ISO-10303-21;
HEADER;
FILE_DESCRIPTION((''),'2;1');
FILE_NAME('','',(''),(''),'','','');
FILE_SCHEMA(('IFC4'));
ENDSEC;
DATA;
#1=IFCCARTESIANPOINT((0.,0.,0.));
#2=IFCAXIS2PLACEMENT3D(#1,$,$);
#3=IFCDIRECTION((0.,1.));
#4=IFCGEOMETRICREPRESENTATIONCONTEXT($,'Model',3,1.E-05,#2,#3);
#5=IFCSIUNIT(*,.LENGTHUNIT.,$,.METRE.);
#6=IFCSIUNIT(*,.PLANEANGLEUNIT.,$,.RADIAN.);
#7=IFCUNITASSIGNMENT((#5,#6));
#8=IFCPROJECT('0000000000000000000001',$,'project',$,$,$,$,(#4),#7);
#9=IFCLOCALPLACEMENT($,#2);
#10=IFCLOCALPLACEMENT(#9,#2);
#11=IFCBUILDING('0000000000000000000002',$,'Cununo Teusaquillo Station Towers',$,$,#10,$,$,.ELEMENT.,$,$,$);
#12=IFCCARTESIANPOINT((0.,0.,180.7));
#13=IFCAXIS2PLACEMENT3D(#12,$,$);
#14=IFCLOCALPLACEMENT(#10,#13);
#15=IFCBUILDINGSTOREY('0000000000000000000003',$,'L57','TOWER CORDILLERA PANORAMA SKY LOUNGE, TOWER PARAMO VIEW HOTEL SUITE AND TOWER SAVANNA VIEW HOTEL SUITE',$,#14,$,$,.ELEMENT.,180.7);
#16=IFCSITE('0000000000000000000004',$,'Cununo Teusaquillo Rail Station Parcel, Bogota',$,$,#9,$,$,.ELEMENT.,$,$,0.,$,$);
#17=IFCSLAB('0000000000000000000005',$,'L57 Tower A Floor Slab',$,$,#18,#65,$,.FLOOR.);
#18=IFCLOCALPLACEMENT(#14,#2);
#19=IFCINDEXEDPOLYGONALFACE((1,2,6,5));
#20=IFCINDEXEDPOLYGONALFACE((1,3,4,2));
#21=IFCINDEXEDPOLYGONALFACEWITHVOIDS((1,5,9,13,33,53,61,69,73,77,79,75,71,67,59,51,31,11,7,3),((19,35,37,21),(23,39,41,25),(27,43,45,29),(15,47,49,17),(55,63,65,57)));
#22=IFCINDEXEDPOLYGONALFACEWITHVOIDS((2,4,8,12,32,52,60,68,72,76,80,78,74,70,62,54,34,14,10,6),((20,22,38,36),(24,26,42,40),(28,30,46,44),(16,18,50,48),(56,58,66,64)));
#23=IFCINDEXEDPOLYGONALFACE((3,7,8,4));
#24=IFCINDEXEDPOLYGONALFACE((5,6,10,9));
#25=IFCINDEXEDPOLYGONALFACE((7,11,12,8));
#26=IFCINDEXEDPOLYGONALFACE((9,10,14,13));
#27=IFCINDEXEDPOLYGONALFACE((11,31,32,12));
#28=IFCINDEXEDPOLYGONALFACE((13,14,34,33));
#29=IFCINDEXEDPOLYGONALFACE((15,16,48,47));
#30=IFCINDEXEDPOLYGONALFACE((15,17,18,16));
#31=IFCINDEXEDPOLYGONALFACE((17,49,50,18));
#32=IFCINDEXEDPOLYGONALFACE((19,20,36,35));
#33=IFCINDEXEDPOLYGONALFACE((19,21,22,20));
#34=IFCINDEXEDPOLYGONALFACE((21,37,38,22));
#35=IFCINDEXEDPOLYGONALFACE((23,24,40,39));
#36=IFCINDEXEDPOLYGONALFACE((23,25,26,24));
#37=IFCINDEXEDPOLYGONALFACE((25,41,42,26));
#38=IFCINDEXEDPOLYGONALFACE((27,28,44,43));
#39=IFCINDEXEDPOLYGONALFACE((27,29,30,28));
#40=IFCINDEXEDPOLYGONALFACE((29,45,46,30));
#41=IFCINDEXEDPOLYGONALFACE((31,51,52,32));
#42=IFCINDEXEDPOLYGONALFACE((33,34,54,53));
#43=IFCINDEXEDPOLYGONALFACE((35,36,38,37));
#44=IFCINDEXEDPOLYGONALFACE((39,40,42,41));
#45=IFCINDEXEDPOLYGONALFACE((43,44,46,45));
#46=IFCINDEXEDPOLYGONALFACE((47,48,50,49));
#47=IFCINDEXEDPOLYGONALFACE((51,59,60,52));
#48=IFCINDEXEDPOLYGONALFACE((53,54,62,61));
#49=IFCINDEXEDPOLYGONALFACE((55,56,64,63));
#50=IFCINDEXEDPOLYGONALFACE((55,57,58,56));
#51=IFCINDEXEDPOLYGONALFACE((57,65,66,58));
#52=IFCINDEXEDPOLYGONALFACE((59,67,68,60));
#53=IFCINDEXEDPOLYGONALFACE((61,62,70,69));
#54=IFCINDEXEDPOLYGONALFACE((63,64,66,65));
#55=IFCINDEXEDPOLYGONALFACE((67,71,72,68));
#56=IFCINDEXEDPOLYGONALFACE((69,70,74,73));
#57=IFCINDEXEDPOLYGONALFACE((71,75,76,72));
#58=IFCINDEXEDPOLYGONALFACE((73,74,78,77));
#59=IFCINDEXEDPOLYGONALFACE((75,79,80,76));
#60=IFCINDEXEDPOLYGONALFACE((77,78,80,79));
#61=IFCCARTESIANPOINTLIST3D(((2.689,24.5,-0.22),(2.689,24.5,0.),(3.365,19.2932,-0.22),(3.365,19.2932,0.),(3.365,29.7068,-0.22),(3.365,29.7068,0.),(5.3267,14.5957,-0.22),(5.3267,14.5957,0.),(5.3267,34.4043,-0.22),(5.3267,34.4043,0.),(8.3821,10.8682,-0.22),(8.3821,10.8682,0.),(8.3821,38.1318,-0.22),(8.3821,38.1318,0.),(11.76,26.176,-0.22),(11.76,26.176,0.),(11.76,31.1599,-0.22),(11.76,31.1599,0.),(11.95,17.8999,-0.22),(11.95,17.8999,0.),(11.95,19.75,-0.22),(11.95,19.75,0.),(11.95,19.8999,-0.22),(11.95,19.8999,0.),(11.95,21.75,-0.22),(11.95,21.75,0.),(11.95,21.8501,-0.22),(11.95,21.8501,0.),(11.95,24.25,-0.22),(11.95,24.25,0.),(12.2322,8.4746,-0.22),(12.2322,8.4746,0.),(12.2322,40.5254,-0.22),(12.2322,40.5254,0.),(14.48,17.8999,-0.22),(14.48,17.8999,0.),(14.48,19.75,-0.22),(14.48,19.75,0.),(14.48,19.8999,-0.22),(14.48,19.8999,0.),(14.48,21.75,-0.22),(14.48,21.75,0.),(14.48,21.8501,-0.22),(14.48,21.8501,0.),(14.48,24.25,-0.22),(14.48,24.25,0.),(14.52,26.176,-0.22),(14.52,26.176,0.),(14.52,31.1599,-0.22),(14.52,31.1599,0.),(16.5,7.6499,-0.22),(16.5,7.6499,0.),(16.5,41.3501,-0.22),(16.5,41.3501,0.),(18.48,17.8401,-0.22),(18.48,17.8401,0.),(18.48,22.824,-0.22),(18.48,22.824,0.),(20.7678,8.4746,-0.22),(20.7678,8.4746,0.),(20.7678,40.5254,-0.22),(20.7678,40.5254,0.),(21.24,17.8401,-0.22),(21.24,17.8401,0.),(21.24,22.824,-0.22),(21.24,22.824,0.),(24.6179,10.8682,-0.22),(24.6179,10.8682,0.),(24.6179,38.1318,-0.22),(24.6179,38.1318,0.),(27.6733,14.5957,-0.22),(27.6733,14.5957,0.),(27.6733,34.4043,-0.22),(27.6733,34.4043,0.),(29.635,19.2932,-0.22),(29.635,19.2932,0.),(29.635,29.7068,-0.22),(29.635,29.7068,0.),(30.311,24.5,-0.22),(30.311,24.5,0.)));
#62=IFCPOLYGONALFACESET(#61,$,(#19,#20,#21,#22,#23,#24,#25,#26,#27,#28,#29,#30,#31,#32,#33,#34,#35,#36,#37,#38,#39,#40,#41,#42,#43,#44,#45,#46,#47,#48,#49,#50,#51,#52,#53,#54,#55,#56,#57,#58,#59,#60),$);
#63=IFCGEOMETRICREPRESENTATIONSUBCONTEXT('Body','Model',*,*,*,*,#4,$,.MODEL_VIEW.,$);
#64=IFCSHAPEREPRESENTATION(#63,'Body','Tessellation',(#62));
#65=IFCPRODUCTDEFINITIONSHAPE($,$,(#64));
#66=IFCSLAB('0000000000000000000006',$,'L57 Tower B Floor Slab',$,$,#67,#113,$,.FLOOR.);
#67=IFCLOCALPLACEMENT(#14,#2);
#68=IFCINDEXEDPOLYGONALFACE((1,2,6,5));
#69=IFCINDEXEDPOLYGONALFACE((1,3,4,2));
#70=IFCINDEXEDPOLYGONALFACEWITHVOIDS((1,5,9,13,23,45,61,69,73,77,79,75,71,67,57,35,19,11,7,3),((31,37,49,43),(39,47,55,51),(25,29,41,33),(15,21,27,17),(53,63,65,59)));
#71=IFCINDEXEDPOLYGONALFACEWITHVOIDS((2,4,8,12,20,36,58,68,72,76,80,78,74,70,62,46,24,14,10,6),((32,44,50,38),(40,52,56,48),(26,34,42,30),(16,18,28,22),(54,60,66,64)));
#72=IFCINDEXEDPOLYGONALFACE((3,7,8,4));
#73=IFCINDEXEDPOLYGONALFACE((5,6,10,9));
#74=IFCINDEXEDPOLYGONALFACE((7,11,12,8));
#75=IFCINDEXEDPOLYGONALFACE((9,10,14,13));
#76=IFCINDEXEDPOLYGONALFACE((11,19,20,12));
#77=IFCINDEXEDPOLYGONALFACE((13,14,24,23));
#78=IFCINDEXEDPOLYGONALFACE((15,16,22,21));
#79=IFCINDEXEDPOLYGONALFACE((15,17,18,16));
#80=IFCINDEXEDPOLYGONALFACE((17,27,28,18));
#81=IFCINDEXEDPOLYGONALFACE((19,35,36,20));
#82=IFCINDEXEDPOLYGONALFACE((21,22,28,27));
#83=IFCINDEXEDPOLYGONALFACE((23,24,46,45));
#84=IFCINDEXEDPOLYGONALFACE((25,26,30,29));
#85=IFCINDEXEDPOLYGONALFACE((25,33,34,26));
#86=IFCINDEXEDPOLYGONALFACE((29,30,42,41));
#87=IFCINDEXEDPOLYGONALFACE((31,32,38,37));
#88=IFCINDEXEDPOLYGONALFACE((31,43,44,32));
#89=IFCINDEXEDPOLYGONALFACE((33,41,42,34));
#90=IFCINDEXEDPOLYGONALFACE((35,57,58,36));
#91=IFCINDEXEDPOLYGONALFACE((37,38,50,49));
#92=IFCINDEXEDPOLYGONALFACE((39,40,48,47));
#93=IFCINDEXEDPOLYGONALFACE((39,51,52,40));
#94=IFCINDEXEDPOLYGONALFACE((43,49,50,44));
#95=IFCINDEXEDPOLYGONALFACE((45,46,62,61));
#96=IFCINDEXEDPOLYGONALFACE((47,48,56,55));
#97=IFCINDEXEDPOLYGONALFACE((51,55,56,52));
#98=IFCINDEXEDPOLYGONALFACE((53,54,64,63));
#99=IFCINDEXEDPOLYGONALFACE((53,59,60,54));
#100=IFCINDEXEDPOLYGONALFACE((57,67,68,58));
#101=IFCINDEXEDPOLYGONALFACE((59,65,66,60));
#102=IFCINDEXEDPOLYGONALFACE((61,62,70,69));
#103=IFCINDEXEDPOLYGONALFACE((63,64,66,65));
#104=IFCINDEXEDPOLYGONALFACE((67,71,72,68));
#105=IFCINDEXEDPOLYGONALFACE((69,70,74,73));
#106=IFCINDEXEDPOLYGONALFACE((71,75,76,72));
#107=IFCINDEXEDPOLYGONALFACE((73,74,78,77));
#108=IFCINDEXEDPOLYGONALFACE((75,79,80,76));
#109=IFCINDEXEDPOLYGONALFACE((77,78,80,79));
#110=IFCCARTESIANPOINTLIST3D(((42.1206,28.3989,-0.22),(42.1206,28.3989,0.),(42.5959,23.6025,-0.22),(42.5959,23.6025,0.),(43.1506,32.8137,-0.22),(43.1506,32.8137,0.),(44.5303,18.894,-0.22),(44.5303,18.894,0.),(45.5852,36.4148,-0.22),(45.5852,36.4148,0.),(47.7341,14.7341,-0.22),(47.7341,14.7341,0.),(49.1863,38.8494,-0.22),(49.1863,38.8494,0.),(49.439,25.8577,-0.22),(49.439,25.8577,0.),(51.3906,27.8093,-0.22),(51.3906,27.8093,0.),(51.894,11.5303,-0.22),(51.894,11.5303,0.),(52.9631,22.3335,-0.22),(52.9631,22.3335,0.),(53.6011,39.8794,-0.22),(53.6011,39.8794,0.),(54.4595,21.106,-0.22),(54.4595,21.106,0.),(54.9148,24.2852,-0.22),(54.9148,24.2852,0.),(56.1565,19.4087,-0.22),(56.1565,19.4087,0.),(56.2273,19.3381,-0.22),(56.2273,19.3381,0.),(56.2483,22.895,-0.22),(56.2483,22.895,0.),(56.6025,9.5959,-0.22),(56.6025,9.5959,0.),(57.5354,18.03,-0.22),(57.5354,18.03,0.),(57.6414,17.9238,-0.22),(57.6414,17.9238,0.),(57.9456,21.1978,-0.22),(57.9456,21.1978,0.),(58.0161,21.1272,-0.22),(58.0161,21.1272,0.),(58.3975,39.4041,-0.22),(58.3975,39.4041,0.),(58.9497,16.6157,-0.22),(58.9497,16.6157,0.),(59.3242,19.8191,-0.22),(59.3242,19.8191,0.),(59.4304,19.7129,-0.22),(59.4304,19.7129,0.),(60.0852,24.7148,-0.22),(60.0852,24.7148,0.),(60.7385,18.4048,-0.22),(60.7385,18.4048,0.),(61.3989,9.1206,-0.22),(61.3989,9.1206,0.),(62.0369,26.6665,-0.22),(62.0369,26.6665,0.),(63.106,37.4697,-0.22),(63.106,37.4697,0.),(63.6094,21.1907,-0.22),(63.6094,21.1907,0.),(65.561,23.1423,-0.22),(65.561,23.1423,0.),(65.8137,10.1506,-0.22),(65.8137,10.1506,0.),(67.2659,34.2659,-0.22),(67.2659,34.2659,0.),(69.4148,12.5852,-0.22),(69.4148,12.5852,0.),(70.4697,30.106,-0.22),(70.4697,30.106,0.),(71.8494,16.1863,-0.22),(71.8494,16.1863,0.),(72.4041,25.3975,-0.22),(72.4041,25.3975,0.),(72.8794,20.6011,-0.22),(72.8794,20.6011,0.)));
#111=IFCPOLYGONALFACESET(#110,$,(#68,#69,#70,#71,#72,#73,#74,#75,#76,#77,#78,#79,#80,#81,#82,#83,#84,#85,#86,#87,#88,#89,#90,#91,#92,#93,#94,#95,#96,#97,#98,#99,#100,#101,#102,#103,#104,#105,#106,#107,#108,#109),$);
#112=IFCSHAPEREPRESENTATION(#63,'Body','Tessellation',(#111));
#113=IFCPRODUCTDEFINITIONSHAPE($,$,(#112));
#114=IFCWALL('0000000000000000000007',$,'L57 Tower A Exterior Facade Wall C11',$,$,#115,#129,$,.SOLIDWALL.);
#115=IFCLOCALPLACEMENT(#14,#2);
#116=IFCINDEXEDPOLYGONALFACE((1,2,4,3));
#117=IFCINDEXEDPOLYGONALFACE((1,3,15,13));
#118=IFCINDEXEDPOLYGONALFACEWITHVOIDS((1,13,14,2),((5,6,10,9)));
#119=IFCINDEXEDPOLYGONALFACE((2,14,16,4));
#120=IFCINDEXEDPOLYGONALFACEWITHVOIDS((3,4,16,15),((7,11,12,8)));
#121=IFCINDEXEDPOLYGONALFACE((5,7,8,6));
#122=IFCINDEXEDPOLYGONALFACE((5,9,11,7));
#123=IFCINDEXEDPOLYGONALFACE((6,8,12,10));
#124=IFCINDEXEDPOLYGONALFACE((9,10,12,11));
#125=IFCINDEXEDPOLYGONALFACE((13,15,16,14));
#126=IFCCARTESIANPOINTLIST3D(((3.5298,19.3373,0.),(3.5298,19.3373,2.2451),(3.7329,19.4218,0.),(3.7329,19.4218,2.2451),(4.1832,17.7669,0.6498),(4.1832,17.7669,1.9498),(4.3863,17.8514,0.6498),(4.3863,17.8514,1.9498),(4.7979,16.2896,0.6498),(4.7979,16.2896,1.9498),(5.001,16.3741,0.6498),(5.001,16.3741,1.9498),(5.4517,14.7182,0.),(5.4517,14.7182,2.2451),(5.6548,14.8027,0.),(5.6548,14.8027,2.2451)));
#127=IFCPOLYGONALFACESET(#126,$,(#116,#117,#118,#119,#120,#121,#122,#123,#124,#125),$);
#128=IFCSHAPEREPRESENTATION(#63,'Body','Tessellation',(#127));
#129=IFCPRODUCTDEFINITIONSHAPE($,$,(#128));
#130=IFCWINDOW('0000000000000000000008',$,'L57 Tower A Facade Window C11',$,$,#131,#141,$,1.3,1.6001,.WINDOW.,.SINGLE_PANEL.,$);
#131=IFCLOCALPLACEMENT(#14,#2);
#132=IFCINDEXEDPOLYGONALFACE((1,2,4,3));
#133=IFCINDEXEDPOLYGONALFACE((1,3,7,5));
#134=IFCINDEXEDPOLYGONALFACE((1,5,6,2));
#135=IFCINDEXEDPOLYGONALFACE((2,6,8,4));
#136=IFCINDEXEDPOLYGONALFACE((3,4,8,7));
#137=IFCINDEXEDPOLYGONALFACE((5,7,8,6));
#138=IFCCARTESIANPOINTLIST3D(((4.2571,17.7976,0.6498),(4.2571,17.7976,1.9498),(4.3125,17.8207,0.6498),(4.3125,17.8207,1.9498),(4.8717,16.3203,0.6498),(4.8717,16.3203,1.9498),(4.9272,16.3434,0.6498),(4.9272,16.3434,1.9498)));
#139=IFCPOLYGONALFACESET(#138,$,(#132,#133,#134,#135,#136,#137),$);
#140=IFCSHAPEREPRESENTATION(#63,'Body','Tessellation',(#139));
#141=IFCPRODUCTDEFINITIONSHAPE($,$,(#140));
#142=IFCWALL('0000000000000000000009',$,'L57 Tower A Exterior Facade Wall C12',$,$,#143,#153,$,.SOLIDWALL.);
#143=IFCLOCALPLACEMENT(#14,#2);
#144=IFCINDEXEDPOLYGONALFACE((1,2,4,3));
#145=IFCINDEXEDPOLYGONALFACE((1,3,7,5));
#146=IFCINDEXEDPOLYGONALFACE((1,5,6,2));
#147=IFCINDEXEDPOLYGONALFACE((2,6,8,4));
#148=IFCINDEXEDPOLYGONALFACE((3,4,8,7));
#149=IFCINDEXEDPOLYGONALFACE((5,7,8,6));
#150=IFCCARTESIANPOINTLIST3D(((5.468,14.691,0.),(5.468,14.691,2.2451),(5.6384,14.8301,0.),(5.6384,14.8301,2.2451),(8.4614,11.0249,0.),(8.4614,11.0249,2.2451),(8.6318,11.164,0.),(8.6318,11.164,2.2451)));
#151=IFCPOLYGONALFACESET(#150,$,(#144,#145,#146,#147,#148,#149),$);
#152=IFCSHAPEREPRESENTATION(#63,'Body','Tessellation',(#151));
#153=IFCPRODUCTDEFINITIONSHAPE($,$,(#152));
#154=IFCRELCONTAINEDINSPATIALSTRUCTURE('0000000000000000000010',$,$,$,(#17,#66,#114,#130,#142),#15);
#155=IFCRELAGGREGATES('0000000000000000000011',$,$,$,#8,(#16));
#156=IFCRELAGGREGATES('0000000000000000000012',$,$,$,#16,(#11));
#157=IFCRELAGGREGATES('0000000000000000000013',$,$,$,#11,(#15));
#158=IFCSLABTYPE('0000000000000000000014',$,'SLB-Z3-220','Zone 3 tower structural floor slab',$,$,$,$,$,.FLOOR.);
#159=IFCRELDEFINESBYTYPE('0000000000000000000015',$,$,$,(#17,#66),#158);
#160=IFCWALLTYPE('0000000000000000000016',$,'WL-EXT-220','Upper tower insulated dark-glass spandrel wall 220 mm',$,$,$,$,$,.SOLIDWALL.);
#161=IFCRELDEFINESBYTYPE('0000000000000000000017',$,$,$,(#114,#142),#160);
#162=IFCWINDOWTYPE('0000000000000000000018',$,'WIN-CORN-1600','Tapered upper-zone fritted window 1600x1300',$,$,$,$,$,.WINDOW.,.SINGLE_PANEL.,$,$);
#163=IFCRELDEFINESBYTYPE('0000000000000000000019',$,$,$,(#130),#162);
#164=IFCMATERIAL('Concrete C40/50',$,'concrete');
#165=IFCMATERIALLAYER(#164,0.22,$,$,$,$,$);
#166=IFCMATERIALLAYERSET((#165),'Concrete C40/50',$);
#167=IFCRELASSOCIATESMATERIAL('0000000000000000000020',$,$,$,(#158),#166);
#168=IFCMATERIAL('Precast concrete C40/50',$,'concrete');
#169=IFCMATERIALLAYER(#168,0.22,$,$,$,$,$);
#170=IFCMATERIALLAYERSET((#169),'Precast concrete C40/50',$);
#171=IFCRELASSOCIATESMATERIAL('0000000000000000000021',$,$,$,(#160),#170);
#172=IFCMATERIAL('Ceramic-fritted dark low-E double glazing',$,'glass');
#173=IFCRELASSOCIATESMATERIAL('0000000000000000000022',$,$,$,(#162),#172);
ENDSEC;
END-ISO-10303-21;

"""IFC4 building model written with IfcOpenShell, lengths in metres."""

from ifc_helpers import new_model, si_unit, direction, frame, frame_2d, origin, place, context, subcontext, project, spatial, polyline, rectangle, outline, extrude, source, transform, mapped, material, layer, layer_set, type_object, element, fill, save


model = new_model("IFC4")

# Units and contexts
model_context = context("Model", 3, precision=1e-05, world=origin(), true_north=direction((0.0, 1.0)))
body_context = subcontext(model_context, "Body", "Model", "MODEL_VIEW")
ifc_project = project(units=[si_unit("LENGTHUNIT", "METRE"), si_unit("PLANEANGLEUNIT", "RADIAN")], contexts=[model_context])

# Site, building, storey
site_placement = place(None, origin())
site = spatial("IfcSite", under=ifc_project, at=site_placement, Name="Cununo Teusaquillo Rail Station Parcel, Bogota", CompositionType="ELEMENT", RefElevation=0.0)
building_placement = place(site_placement, origin())
building = spatial("IfcBuilding", under=site, at=building_placement, Name="Cununo Teusaquillo Station Towers", CompositionType="ELEMENT")
storey_placement = place(building_placement, frame((0.0, 0.0, 180.7)))
storey = spatial("IfcBuildingStorey", under=building, at=storey_placement, Name="L57", Description="TOWER CORDILLERA PANORAMA SKY LOUNGE, TOWER PARAMO VIEW HOTEL SUITE AND TOWER SAVANNA VIEW HOTEL SUITE", CompositionType="ELEMENT", Elevation=180.7)

# Slabs
ifc_material_1 = material(Name="Concrete C40/50", Category="concrete")
ifc_layer_1 = layer(ifc_material_1, 0.22)
ifc_layer_set_1 = layer_set([ifc_layer_1], Name="Concrete C40/50")
slab_type_1 = type_object("IfcSlabType", Name="SLB-Z3-220", Description="Zone 3 tower structural floor slab", PredefinedType="FLOOR", material=ifc_layer_set_1)
slab_1_placement = place(storey_placement, frame((0.0, 0.0, -0.22)))
element("IfcSlab", 1, at=slab_1_placement, inside=storey, type_object=slab_type_1, Name="L57 Tower A Floor Slab", PredefinedType="FLOOR", context=body_context, shape_type="SweptSolid", body=[
    extrude(outline(polyline([(30.311, 24.5), (29.635, 29.7068), (27.6733, 34.4043), (24.6179, 38.1318), (20.7678, 40.5254), (16.5, 41.3501), (12.2322, 40.5254), (8.3821, 38.1318), (5.3267, 34.4043), (3.365, 29.7068), (2.689, 24.5), (3.365, 19.2932), (5.3267, 14.5957), (8.3821, 10.8682), (12.2322, 8.4746), (16.5, 7.6499), (20.7678, 8.4746), (24.6179, 10.8682), (27.6733, 14.5957), (29.635, 19.2932), (30.311, 24.5)]), holes=[polyline([(14.52, 26.176), (14.52, 31.1599), (11.76, 31.1599), (11.76, 26.176), (14.52, 26.176)]), polyline([(18.48, 22.824), (18.48, 17.8401), (21.24, 17.8401), (21.24, 22.824), (18.48, 22.824)]), polyline([(11.95, 21.8501), (14.48, 21.8501), (14.48, 24.25), (11.95, 24.25), (11.95, 21.8501)]), polyline([(11.95, 17.8999), (14.48, 17.8999), (14.48, 19.75), (11.95, 19.75), (11.95, 17.8999)]), polyline([(11.95, 19.8999), (14.48, 19.8999), (14.48, 21.75), (11.95, 21.75), (11.95, 19.8999)])]), origin(), (0.0, 0.0, 1.0), 0.22),
])
slab_2_placement = place(storey_placement, frame((0.0, 0.0, -0.22)))
element("IfcSlab", 2, at=slab_2_placement, inside=storey, type_object=slab_type_1, Name="L57 Tower B Floor Slab", PredefinedType="FLOOR", context=body_context, shape_type="SweptSolid", body=[
    extrude(outline(polyline([(67.2659, 34.2659), (63.106, 37.4697), (58.3975, 39.4041), (53.6011, 39.8794), (49.1863, 38.8494), (45.5852, 36.4148), (43.1506, 32.8137), (42.1206, 28.3989), (42.5959, 23.6025), (44.5303, 18.894), (47.7341, 14.7341), (51.894, 11.5303), (56.6025, 9.5959), (61.3989, 9.1206), (65.8137, 10.1506), (69.4148, 12.5852), (71.8494, 16.1863), (72.8794, 20.6011), (72.4041, 25.3975), (70.4697, 30.106), (67.2659, 34.2659)]), holes=[polyline([(54.9148, 24.2852), (51.3906, 27.8093), (49.439, 25.8577), (52.9631, 22.3335), (54.9148, 24.2852)]), polyline([(60.0852, 24.7148), (63.6094, 21.1907), (65.561, 23.1423), (62.0369, 26.6665), (60.0852, 24.7148)]), polyline([(56.1565, 19.4087), (57.9456, 21.1978), (56.2483, 22.895), (54.4595, 21.106), (56.1565, 19.4087)]), polyline([(58.9497, 16.6157), (60.7385, 18.4048), (59.4304, 19.7129), (57.6414, 17.9238), (58.9497, 16.6157)]), polyline([(57.5354, 18.03), (59.3242, 19.8191), (58.0161, 21.1272), (56.2273, 19.3381), (57.5354, 18.03)])]), origin(), (0.0, 0.0, 1.0), 0.22),
])

# Wall, opening, window
ifc_material_2 = material(Name="Precast concrete C40/50", Category="concrete")
ifc_layer_2 = layer(ifc_material_2, 0.22)
ifc_layer_set_2 = layer_set([ifc_layer_2], Name="Precast concrete C40/50")
wall_type_1 = type_object("IfcWallType", Name="WL-EXT-220", Description="Upper tower insulated dark-glass spandrel wall 220 mm", PredefinedType="SOLIDWALL", material=ifc_layer_set_2)
wall_1_placement = place(storey_placement, frame((5.5532, 14.7605, 0.0), z_axis=(0.0, 0.0, 1.0), x_axis=(-0.384144, 0.923273, 0.0)))
wall_1 = element("IfcWall", 3, at=wall_1_placement, inside=storey, type_object=wall_type_1, Name="L57 Tower A Exterior Facade Wall C11", PredefinedType="SOLIDWALL", context=body_context, shape_type="SweptSolid", body=[
    extrude(rectangle(XDim=5.0029, YDim=0.22, at=frame_2d((2.5015, 0.0))), origin(), (0.0, 0.0, 1.0), 2.2451),
])
shared_shape_1 = source(origin(), body_context, "Body", "SweptSolid", [
    extrude(rectangle(XDim=1.6001, YDim=1.3, at=frame_2d((0.8, 0.6499))), frame((0.0, 0.1199, 0.0), z_axis=(0.0, -1.0, 0.0), x_axis=(1.0, 0.0, 0.0)), (0.0, 0.0, 1.0), 0.24),
])
opening_1_placement = place(wall_1_placement, frame((1.7019, 0.0, 0.6499)))
opening_1 = element("IfcOpeningElement", 4, at=opening_1_placement, cuts=wall_1, PredefinedType="OPENING", context=body_context, shape_type="MappedRepresentation", body=[
    mapped(shared_shape_1, transform((0.0, 0.0, 0.0), x_axis=(1.0, 0.0, 0.0), y_axis=(0.0, 1.0, 0.0), z_axis=(0.0, 0.0, 1.0), scale=1.0)),
])
ifc_material_3 = material(Name="Ceramic-fritted dark low-E double glazing", Category="glass")
window_type = type_object("IfcWindowType", Name="WIN-CORN-1600", Description="Tapered upper-zone fritted window 1600x1300", PartitioningType="SINGLE_PANEL", PredefinedType="WINDOW", material=ifc_material_3)
shared_shape_2 = source(origin(), body_context, "Body", "SweptSolid", [
    extrude(rectangle(XDim=1.6001, YDim=1.3, at=frame_2d((0.8, 0.6499))), frame((0.0, 0.03, 0.0), z_axis=(0.0, -1.0, 0.0), x_axis=(1.0, 0.0, 0.0)), (0.0, 0.0, 1.0), 0.0601),
])
window_1_placement = place(opening_1_placement, origin())
window_1 = element("IfcWindow", 5, at=window_1_placement, inside=storey, type_object=window_type, Name="L57 Tower A Facade Window C11", OverallHeight=1.3, OverallWidth=1.6001, PartitioningType="SINGLE_PANEL", PredefinedType="WINDOW", context=body_context, shape_type="MappedRepresentation", body=[
    mapped(shared_shape_2, transform((0.0, 0.0, 0.0), x_axis=(1.0, 0.0, 0.0), y_axis=(0.0, 1.0, 0.0), z_axis=(0.0, 0.0, 1.0), scale=1.0)),
])
fill(opening_1, window_1)

# Wall
wall_2_placement = place(storey_placement, frame((8.5466, 11.0945, 0.0), z_axis=(0.0, 0.0, 1.0), x_axis=(-0.632471, 0.774584, 0.0)))
element("IfcWall", 6, at=wall_2_placement, inside=storey, type_object=wall_type_1, Name="L57 Tower A Exterior Facade Wall C12", PredefinedType="SOLIDWALL", context=body_context, shape_type="SweptSolid", body=[
    extrude(rectangle(XDim=4.7329, YDim=0.22, at=frame_2d((2.3665, 0.0))), origin(), (0.0, 0.0, 1.0), 2.2451),
])

save(model, "model.ifc")
